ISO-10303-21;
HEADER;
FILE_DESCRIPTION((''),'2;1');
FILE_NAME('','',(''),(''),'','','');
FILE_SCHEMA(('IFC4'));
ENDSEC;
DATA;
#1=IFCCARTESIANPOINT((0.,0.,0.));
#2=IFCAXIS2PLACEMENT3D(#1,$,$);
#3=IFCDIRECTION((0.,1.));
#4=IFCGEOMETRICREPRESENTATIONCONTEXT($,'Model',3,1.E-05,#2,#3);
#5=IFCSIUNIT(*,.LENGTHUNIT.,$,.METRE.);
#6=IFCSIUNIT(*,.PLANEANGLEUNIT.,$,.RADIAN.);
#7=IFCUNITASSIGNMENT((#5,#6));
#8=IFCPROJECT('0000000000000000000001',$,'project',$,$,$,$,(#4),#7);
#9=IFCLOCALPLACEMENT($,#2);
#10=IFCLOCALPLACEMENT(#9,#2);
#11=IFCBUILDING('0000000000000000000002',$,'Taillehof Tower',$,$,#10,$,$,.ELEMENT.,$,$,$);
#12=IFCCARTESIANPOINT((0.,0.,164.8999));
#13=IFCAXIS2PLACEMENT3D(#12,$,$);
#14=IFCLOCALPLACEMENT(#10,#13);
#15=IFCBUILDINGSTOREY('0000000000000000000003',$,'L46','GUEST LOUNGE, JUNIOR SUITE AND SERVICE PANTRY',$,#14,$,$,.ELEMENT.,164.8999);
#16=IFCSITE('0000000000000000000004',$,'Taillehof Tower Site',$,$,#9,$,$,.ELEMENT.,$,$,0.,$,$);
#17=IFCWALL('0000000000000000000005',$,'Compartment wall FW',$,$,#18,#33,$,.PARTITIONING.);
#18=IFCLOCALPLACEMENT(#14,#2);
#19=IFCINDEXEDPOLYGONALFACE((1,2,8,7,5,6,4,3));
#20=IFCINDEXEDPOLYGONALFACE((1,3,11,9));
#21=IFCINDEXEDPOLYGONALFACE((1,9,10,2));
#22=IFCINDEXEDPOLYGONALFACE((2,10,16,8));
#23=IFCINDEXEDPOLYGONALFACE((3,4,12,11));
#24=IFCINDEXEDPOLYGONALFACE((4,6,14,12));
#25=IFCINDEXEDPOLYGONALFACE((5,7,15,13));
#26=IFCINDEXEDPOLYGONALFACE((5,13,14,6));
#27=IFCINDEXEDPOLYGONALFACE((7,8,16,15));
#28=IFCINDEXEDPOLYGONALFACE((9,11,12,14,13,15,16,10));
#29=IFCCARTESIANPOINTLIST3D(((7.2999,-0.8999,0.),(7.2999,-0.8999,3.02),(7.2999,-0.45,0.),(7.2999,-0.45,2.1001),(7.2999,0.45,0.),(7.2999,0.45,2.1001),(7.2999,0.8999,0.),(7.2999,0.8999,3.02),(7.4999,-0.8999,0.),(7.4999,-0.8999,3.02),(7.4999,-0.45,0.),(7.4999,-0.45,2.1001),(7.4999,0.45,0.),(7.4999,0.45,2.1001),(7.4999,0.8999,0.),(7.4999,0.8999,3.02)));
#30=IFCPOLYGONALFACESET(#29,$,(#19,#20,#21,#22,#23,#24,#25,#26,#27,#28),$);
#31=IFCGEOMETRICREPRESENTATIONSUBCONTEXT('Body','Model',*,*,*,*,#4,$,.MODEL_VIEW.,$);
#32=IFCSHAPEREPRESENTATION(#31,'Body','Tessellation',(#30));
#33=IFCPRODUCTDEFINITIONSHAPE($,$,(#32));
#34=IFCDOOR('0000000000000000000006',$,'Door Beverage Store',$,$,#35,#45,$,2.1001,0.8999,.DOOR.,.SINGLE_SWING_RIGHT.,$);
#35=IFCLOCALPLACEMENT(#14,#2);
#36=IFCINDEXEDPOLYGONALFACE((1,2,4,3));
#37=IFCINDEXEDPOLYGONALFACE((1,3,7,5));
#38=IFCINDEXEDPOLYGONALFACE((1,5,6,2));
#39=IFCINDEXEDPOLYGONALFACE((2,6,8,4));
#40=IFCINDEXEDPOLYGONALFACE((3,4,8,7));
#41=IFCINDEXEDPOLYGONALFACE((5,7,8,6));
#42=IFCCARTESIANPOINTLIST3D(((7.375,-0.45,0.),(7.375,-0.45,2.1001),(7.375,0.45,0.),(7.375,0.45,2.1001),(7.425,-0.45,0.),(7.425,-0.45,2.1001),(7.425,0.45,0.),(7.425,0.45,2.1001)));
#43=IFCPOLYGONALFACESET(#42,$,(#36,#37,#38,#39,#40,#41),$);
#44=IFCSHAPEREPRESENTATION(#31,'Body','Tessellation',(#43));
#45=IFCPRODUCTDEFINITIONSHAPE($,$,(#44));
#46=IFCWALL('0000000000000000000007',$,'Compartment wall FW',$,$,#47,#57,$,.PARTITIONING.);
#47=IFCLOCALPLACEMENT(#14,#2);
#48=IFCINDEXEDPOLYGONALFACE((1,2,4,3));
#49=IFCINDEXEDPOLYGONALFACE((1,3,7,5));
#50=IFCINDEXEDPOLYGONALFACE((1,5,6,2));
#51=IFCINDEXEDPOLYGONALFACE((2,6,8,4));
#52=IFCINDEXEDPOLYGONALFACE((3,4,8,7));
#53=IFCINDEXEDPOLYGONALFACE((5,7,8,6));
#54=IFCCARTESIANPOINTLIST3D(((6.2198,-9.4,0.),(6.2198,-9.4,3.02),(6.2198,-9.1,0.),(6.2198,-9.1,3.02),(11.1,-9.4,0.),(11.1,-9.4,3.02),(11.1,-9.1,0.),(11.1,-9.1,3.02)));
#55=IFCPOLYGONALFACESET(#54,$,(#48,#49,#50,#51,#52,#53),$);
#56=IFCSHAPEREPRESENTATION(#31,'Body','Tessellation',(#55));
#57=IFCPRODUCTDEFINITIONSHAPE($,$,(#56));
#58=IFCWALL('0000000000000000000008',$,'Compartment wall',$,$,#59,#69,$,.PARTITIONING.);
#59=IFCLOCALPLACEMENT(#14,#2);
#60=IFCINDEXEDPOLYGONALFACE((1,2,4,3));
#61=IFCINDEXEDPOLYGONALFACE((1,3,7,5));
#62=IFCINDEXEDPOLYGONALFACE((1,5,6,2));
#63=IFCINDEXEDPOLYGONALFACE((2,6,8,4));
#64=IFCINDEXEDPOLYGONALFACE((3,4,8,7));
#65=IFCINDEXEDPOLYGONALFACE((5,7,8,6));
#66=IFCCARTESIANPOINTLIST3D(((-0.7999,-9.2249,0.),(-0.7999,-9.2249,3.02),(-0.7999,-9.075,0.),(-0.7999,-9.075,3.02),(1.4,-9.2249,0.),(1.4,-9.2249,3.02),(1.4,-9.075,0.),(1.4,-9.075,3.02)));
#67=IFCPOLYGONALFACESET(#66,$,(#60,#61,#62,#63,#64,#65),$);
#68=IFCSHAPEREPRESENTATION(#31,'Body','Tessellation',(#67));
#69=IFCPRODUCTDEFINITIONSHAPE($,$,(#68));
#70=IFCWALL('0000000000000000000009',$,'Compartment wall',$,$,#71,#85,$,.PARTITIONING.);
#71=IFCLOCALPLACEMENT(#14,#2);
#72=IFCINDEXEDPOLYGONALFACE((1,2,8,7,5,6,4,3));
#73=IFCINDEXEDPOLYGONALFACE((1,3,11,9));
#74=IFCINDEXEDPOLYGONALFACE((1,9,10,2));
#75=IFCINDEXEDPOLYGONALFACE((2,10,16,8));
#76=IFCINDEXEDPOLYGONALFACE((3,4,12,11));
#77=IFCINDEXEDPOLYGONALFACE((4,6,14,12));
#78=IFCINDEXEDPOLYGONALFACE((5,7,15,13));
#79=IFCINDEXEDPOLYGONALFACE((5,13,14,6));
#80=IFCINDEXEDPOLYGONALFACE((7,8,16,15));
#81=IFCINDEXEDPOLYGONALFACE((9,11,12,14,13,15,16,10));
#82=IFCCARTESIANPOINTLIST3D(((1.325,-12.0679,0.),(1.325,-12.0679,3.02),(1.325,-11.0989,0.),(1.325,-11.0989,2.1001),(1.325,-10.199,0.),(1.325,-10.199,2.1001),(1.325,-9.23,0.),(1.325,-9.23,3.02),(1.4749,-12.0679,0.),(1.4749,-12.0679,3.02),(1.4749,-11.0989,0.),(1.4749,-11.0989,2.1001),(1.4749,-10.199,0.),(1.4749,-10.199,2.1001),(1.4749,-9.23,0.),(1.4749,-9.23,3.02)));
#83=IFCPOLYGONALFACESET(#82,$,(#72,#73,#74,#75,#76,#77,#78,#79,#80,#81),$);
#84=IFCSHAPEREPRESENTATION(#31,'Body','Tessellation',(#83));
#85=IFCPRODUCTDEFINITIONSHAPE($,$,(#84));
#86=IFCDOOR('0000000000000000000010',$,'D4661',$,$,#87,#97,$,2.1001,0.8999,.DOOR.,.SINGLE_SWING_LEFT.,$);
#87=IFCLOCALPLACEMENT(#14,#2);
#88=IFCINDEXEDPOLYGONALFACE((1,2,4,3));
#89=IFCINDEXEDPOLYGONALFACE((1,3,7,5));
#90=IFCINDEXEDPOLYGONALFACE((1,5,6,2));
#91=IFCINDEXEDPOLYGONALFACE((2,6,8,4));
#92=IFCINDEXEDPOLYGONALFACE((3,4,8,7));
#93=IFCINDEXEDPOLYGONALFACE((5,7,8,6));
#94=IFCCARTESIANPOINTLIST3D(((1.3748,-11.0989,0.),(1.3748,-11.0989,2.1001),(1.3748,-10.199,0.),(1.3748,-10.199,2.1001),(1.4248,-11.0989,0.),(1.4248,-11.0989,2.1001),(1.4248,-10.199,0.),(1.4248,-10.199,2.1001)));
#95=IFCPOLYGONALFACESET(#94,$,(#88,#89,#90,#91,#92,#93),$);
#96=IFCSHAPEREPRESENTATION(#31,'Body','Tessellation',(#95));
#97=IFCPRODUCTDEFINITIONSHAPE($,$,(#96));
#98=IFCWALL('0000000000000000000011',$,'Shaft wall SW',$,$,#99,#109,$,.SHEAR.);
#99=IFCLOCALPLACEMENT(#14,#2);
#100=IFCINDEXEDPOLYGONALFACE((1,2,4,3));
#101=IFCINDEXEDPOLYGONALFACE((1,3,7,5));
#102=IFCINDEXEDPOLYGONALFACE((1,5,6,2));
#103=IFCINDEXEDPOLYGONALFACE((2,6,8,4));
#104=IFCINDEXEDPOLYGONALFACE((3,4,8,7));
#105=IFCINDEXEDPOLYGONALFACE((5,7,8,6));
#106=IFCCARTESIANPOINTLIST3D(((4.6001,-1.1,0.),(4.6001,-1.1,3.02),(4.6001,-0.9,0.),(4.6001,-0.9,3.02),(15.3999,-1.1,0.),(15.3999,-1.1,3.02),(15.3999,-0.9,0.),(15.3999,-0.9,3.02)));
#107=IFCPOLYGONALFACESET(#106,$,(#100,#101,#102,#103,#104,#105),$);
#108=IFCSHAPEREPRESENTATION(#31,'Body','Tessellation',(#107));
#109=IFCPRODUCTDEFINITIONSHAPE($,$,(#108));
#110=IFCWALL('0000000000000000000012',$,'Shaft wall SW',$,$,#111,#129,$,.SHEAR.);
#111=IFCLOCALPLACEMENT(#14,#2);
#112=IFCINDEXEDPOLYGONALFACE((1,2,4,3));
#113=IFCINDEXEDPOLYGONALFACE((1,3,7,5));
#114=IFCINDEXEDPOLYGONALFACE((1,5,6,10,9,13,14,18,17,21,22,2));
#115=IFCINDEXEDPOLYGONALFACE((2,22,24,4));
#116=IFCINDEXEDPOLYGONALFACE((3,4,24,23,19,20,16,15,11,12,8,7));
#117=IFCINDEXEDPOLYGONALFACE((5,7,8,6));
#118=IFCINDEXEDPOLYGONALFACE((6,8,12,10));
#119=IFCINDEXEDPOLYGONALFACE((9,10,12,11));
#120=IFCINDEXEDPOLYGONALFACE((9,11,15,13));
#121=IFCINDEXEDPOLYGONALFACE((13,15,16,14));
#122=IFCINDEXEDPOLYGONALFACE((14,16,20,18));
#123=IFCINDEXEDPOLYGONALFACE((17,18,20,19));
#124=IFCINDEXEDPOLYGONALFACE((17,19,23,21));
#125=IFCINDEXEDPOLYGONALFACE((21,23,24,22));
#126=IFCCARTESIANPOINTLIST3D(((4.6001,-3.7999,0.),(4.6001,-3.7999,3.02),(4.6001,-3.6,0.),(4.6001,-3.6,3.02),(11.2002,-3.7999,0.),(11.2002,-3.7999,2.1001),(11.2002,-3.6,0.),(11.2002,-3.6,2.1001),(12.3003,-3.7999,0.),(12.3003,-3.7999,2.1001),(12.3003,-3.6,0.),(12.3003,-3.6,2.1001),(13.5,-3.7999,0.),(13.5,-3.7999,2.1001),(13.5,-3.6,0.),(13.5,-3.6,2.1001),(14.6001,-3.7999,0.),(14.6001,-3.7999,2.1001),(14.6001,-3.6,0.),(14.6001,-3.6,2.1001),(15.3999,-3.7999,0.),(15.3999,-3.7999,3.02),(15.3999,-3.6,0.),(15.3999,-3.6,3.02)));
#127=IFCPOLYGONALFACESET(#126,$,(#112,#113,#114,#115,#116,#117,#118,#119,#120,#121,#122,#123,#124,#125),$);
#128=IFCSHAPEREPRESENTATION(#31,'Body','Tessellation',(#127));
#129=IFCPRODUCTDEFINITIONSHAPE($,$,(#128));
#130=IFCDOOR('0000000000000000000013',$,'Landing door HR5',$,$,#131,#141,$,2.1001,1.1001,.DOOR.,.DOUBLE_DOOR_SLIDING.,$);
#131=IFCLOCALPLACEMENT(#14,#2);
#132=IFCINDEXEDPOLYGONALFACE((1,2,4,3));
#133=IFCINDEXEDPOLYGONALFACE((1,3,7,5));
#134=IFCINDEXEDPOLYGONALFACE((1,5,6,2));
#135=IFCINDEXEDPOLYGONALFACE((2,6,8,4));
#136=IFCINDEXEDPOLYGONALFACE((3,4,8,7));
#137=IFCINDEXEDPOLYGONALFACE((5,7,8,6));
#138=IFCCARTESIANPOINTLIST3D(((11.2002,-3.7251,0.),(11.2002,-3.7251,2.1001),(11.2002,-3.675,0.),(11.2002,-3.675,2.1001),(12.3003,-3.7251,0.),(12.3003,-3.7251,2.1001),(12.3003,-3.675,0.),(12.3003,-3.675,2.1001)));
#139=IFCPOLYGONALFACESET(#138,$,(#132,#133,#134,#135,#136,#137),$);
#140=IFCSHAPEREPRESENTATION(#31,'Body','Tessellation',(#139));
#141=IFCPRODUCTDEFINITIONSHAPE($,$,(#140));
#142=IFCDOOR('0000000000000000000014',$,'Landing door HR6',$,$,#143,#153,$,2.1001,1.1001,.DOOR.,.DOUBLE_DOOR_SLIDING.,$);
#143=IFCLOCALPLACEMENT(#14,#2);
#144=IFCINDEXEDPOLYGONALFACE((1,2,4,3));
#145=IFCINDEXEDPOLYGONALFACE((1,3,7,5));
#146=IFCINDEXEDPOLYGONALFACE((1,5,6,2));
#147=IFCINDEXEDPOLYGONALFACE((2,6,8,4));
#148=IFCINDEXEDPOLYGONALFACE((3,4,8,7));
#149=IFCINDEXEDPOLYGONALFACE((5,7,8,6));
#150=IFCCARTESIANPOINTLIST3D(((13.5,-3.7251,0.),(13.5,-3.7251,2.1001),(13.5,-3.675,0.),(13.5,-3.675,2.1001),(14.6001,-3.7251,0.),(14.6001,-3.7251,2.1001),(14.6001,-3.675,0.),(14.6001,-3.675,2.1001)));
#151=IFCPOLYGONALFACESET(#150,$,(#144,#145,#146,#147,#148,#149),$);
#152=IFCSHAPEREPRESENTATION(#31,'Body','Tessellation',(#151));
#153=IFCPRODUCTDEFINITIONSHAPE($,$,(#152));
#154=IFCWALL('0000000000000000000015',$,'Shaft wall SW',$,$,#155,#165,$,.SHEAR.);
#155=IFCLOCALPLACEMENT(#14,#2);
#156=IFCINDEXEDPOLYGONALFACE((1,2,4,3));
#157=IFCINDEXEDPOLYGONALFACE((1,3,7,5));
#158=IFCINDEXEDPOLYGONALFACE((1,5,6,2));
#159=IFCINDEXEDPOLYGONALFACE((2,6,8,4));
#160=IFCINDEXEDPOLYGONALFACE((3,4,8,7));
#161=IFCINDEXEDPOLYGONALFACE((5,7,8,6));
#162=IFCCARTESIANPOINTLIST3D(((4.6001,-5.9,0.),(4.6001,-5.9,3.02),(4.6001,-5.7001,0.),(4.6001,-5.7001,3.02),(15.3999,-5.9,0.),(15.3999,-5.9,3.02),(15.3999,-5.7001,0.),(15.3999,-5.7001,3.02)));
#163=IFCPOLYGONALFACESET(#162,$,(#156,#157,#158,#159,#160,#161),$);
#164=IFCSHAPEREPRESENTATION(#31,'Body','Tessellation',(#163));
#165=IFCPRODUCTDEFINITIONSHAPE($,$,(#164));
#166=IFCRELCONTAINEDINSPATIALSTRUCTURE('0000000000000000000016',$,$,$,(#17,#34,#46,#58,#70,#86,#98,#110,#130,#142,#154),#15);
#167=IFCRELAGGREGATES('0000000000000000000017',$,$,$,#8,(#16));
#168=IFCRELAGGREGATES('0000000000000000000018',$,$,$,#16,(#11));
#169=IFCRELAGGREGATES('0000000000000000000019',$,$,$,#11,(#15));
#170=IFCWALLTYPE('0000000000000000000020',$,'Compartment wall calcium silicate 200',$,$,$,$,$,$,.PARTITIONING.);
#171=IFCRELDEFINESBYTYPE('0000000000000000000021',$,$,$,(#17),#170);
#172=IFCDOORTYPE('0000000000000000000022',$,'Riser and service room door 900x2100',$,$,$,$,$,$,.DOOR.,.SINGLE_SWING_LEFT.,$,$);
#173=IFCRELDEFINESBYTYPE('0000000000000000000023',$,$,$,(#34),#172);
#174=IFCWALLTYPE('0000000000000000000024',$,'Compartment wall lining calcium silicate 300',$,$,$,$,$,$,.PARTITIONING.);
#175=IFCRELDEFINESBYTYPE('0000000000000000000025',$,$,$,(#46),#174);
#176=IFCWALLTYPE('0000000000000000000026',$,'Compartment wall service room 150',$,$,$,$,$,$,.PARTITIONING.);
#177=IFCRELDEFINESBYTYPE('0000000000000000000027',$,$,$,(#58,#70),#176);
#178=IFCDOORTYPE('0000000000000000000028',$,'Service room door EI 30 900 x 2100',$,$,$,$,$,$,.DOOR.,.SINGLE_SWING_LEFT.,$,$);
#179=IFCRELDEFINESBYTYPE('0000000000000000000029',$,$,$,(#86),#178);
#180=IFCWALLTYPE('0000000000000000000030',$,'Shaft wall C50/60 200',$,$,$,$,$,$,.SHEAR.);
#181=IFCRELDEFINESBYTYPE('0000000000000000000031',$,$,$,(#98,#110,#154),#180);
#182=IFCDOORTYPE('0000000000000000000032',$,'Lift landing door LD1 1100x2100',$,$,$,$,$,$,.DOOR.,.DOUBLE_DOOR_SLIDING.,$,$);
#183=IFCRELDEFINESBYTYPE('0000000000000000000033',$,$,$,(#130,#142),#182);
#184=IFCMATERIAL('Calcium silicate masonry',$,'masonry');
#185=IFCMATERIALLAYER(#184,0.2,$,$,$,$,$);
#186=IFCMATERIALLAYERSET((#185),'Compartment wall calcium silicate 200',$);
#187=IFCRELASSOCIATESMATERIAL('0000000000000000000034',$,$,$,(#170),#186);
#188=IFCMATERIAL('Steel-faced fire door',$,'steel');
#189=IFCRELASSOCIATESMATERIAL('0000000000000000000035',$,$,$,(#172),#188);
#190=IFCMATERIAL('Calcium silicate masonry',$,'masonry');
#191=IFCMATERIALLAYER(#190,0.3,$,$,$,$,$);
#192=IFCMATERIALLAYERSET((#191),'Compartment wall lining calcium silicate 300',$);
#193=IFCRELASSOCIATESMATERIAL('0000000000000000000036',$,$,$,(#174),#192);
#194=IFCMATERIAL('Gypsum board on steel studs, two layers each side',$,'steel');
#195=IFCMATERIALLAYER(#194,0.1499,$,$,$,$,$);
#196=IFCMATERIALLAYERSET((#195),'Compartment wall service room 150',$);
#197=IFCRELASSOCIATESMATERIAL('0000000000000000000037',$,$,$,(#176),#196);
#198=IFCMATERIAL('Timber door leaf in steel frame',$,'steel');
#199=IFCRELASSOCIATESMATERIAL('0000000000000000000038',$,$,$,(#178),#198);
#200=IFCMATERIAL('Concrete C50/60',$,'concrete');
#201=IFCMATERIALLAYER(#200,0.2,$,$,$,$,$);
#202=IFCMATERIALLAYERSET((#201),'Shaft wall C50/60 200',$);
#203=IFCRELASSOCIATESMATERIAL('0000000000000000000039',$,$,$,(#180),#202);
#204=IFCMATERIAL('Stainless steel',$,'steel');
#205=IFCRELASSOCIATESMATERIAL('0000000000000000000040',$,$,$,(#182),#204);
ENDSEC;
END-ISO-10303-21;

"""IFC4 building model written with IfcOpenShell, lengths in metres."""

from ifc_helpers import new_model, si_unit, direction, frame, frame_2d, origin, place, context, subcontext, project, spatial, rectangle, extrude, material, layer, layer_set, type_object, element, fill, save


model = new_model("IFC4")

# Units and contexts
model_context = context("Model", 3, precision=1e-05, world=origin(), true_north=direction((0.0, 1.0)))
body_context = subcontext(model_context, "Body", "Model", "MODEL_VIEW")
ifc_project = project(units=[si_unit("LENGTHUNIT", "METRE"), si_unit("PLANEANGLEUNIT", "RADIAN")], contexts=[model_context])

# Site, building, storey
site_placement = place(None, origin())
site = spatial("IfcSite", under=ifc_project, at=site_placement, Name="Taillehof Tower Site", CompositionType="ELEMENT", RefElevation=0.0)
building_placement = place(site_placement, origin())
building = spatial("IfcBuilding", under=site, at=building_placement, Name="Taillehof Tower", CompositionType="ELEMENT")
storey_placement = place(building_placement, frame((0.0, 0.0, 164.8999)))
storey = spatial("IfcBuildingStorey", under=building, at=storey_placement, Name="L46", Description="GUEST LOUNGE, JUNIOR SUITE AND SERVICE PANTRY", CompositionType="ELEMENT", Elevation=164.8999)

# Wall, opening, door
ifc_material_1 = material(Name="Calcium silicate masonry", Category="masonry")
ifc_layer_1 = layer(ifc_material_1, 0.2)
ifc_layer_set_1 = layer_set([ifc_layer_1], Name="Compartment wall calcium silicate 200")
wall_type_1 = type_object("IfcWallType", Name="Compartment wall calcium silicate 200", PredefinedType="PARTITIONING", material=ifc_layer_set_1)
wall_1_placement = place(storey_placement, frame((7.3999, -0.8999, 0.0), z_axis=(0.0, 0.0, 1.0), x_axis=(0.0, 1.0, 0.0)))
wall_1 = element("IfcWall", 1, at=wall_1_placement, inside=storey, type_object=wall_type_1, Name="Compartment wall FW", PredefinedType="PARTITIONING", context=body_context, shape_type="SweptSolid", body=[
    extrude(rectangle(XDim=1.7998, YDim=0.2, at=frame_2d((0.8999, 0.0))), origin(), (0.0, 0.0, 1.0), 3.02),
])
opening_1_placement = place(wall_1_placement, frame((0.45, 0.0, 0.0)))
opening_1 = element("IfcOpeningElement", 2, at=opening_1_placement, cuts=wall_1, PredefinedType="OPENING", context=body_context, shape_type="SweptSolid", body=[
    extrude(rectangle(XDim=0.8999, YDim=2.1001, at=frame_2d((0.45, 1.05))), frame((0.0, 0.1099, 0.0), z_axis=(0.0, -1.0, 0.0), x_axis=(1.0, 0.0, 0.0)), (0.0, 0.0, 1.0), 0.22),
])
ifc_material_2 = material(Name="Steel-faced fire door", Category="steel")
door_type_1 = type_object("IfcDoorType", Name="Riser and service room door 900x2100", OperationType="SINGLE_SWING_LEFT", PredefinedType="DOOR", material=ifc_material_2)
door_1_placement = place(opening_1_placement, origin())
door_1 = element("IfcDoor", 3, at=door_1_placement, inside=storey, type_object=door_type_1, Name="Door Beverage Store", OperationType="SINGLE_SWING_RIGHT", OverallHeight=2.1001, OverallWidth=0.8999, PredefinedType="DOOR", context=body_context, shape_type="SweptSolid", body=[
    extrude(rectangle(XDim=0.8999, YDim=2.1001, at=frame_2d((0.45, 1.05))), frame((0.0, 0.0249, 0.0), z_axis=(0.0, -1.0, 0.0), x_axis=(1.0, 0.0, 0.0)), (0.0, 0.0, 1.0), 0.05),
])
fill(opening_1, door_1)

# Walls
ifc_material_3 = material(Name="Calcium silicate masonry", Category="masonry")
ifc_layer_2 = layer(ifc_material_3, 0.3)
ifc_layer_set_2 = layer_set([ifc_layer_2], Name="Compartment wall lining calcium silicate 300")
wall_type_2 = type_object("IfcWallType", Name="Compartment wall lining calcium silicate 300", PredefinedType="PARTITIONING", material=ifc_layer_set_2)
wall_2_placement = place(storey_placement, frame((6.22, -9.25, 0.0), z_axis=(0.0, 0.0, 1.0), x_axis=(1.0, 0.0, 0.0)))
element("IfcWall", 4, at=wall_2_placement, inside=storey, type_object=wall_type_2, Name="Compartment wall FW", PredefinedType="PARTITIONING", context=body_context, shape_type="SweptSolid", body=[
    extrude(rectangle(XDim=4.8801, YDim=0.3, at=frame_2d((2.4399, 0.0))), origin(), (0.0, 0.0, 1.0), 3.02),
])
ifc_material_4 = material(Name="Gypsum board on steel studs, two layers each side", Category="steel")
ifc_layer_3 = layer(ifc_material_4, 0.1499)
ifc_layer_set_3 = layer_set([ifc_layer_3], Name="Compartment wall service room 150")
wall_type_3 = type_object("IfcWallType", Name="Compartment wall service room 150", PredefinedType="PARTITIONING", material=ifc_layer_set_3)
wall_3_placement = place(storey_placement, frame((-0.8, -9.1499, 0.0), z_axis=(0.0, 0.0, 1.0), x_axis=(1.0, 0.0, 0.0)))
element("IfcWall", 5, at=wall_3_placement, inside=storey, type_object=wall_type_3, Name="Compartment wall", PredefinedType="PARTITIONING", context=body_context, shape_type="SweptSolid", body=[
    extrude(rectangle(XDim=2.2, YDim=0.1499, at=frame_2d((1.1001, 0.0))), origin(), (0.0, 0.0, 1.0), 3.02),
])

# Wall, opening, door
wall_4_placement = place(storey_placement, frame((1.3999, -9.23, 0.0), z_axis=(0.0, 0.0, 1.0), x_axis=(0.0, -1.0, 0.0)))
wall_4 = element("IfcWall", 6, at=wall_4_placement, inside=storey, type_object=wall_type_3, Name="Compartment wall", PredefinedType="PARTITIONING", context=body_context, shape_type="SweptSolid", body=[
    extrude(rectangle(XDim=2.8379, YDim=0.1499, at=frame_2d((1.4189, 0.0))), origin(), (0.0, 0.0, 1.0), 3.02),
])
opening_2_placement = place(wall_4_placement, frame((0.969, 0.0, 0.0)))
opening_2 = element("IfcOpeningElement", 7, at=opening_2_placement, cuts=wall_4, PredefinedType="OPENING", context=body_context, shape_type="SweptSolid", body=[
    extrude(rectangle(XDim=0.8999, YDim=2.1001, at=frame_2d((0.45, 1.05))), frame((0.0, 0.085, 0.0), z_axis=(0.0, -1.0, 0.0), x_axis=(1.0, 0.0, 0.0)), (0.0, 0.0, 1.0), 0.1699),
])
ifc_material_5 = material(Name="Timber door leaf in steel frame", Category="steel")
door_type_2 = type_object("IfcDoorType", Name="Service room door EI 30 900 x 2100", OperationType="SINGLE_SWING_LEFT", PredefinedType="DOOR", material=ifc_material_5)
door_2_placement = place(opening_2_placement, origin())
door_2 = element("IfcDoor", 8, at=door_2_placement, inside=storey, type_object=door_type_2, Name="D4661", OperationType="SINGLE_SWING_LEFT", OverallHeight=2.1001, OverallWidth=0.8999, PredefinedType="DOOR", context=body_context, shape_type="SweptSolid", body=[
    extrude(rectangle(XDim=0.8999, YDim=2.1001, at=frame_2d((0.45, 1.05))), frame((0.0, 0.0249, 0.0), z_axis=(0.0, -1.0, 0.0), x_axis=(1.0, 0.0, 0.0)), (0.0, 0.0, 1.0), 0.05),
])
fill(opening_2, door_2)

# Wall
ifc_material_6 = material(Name="Concrete C50/60", Category="concrete")
ifc_layer_4 = layer(ifc_material_6, 0.2)
ifc_layer_set_4 = layer_set([ifc_layer_4], Name="Shaft wall C50/60 200")
wall_type_4 = type_object("IfcWallType", Name="Shaft wall C50/60 200", PredefinedType="SHEAR", material=ifc_layer_set_4)
wall_5_placement = place(storey_placement, frame((4.6001, -1.0, 0.0), z_axis=(0.0, 0.0, 1.0), x_axis=(1.0, 0.0, 0.0)))
element("IfcWall", 9, at=wall_5_placement, inside=storey, type_object=wall_type_4, Name="Shaft wall SW", PredefinedType="SHEAR", context=body_context, shape_type="SweptSolid", body=[
    extrude(rectangle(XDim=10.7998, YDim=0.2, at=frame_2d((5.3999, 0.0))), origin(), (0.0, 0.0, 1.0), 3.02),
])

# Wall, openings, doors
wall_6_placement = place(storey_placement, frame((4.6001, -3.7, 0.0), z_axis=(0.0, 0.0, 1.0), x_axis=(1.0, 0.0, 0.0)))
wall_6 = element("IfcWall", 10, at=wall_6_placement, inside=storey, type_object=wall_type_4, Name="Shaft wall SW", PredefinedType="SHEAR", context=body_context, shape_type="SweptSolid", body=[
    extrude(rectangle(XDim=10.7998, YDim=0.2, at=frame_2d((5.3999, 0.0))), origin(), (0.0, 0.0, 1.0), 3.02),
])
opening_3_placement = place(wall_6_placement, frame((6.6001, 0.0, 0.0)))
opening_3 = element("IfcOpeningElement", 11, at=opening_3_placement, cuts=wall_6, PredefinedType="OPENING", context=body_context, shape_type="SweptSolid", body=[
    extrude(rectangle(XDim=1.1001, YDim=2.1001, at=frame_2d((0.55, 1.05))), frame((0.0, 0.1099, 0.0), z_axis=(0.0, -1.0, 0.0), x_axis=(1.0, 0.0, 0.0)), (0.0, 0.0, 1.0), 0.22),
])
opening_4_placement = place(wall_6_placement, frame((8.8999, 0.0, 0.0)))
opening_4 = element("IfcOpeningElement", 12, at=opening_4_placement, cuts=wall_6, PredefinedType="OPENING", context=body_context, shape_type="SweptSolid", body=[
    extrude(rectangle(XDim=1.1001, YDim=2.1001, at=frame_2d((0.55, 1.05))), frame((0.0, 0.1099, 0.0), z_axis=(0.0, -1.0, 0.0), x_axis=(1.0, 0.0, 0.0)), (0.0, 0.0, 1.0), 0.22),
])
ifc_material_7 = material(Name="Stainless steel", Category="steel")
door_type_3 = type_object("IfcDoorType", Name="Lift landing door LD1 1100x2100", OperationType="DOUBLE_DOOR_SLIDING", PredefinedType="DOOR", material=ifc_material_7)
door_3_placement = place(opening_3_placement, origin())
door_3 = element("IfcDoor", 13, at=door_3_placement, inside=storey, type_object=door_type_3, Name="Landing door HR5", OperationType="DOUBLE_DOOR_SLIDING", OverallHeight=2.1001, OverallWidth=1.1001, PredefinedType="DOOR", context=body_context, shape_type="SweptSolid", body=[
    extrude(rectangle(XDim=1.1001, YDim=2.1001, at=frame_2d((0.55, 1.05))), frame((0.0, 0.0249, 0.0), z_axis=(0.0, -1.0, 0.0), x_axis=(1.0, 0.0, 0.0)), (0.0, 0.0, 1.0), 0.05),
])
fill(opening_3, door_3)
door_4_placement = place(opening_4_placement, origin())
door_4 = element("IfcDoor", 14, at=door_4_placement, inside=storey, type_object=door_type_3, Name="Landing door HR6", OperationType="DOUBLE_DOOR_SLIDING", OverallHeight=2.1001, OverallWidth=1.1001, PredefinedType="DOOR", context=body_context, shape_type="SweptSolid", body=[
    extrude(rectangle(XDim=1.1001, YDim=2.1001, at=frame_2d((0.55, 1.05))), frame((0.0, 0.0249, 0.0), z_axis=(0.0, -1.0, 0.0), x_axis=(1.0, 0.0, 0.0)), (0.0, 0.0, 1.0), 0.05),
])
fill(opening_4, door_4)

# Wall
wall_7_placement = place(storey_placement, frame((4.6001, -5.8, 0.0), z_axis=(0.0, 0.0, 1.0), x_axis=(1.0, 0.0, 0.0)))
element("IfcWall", 15, at=wall_7_placement, inside=storey, type_object=wall_type_4, Name="Shaft wall SW", PredefinedType="SHEAR", context=body_context, shape_type="SweptSolid", body=[
    extrude(rectangle(XDim=10.7998, YDim=0.2, at=frame_2d((5.3999, 0.0))), origin(), (0.0, 0.0, 1.0), 3.02),
])

save(model, "model.ifc")
